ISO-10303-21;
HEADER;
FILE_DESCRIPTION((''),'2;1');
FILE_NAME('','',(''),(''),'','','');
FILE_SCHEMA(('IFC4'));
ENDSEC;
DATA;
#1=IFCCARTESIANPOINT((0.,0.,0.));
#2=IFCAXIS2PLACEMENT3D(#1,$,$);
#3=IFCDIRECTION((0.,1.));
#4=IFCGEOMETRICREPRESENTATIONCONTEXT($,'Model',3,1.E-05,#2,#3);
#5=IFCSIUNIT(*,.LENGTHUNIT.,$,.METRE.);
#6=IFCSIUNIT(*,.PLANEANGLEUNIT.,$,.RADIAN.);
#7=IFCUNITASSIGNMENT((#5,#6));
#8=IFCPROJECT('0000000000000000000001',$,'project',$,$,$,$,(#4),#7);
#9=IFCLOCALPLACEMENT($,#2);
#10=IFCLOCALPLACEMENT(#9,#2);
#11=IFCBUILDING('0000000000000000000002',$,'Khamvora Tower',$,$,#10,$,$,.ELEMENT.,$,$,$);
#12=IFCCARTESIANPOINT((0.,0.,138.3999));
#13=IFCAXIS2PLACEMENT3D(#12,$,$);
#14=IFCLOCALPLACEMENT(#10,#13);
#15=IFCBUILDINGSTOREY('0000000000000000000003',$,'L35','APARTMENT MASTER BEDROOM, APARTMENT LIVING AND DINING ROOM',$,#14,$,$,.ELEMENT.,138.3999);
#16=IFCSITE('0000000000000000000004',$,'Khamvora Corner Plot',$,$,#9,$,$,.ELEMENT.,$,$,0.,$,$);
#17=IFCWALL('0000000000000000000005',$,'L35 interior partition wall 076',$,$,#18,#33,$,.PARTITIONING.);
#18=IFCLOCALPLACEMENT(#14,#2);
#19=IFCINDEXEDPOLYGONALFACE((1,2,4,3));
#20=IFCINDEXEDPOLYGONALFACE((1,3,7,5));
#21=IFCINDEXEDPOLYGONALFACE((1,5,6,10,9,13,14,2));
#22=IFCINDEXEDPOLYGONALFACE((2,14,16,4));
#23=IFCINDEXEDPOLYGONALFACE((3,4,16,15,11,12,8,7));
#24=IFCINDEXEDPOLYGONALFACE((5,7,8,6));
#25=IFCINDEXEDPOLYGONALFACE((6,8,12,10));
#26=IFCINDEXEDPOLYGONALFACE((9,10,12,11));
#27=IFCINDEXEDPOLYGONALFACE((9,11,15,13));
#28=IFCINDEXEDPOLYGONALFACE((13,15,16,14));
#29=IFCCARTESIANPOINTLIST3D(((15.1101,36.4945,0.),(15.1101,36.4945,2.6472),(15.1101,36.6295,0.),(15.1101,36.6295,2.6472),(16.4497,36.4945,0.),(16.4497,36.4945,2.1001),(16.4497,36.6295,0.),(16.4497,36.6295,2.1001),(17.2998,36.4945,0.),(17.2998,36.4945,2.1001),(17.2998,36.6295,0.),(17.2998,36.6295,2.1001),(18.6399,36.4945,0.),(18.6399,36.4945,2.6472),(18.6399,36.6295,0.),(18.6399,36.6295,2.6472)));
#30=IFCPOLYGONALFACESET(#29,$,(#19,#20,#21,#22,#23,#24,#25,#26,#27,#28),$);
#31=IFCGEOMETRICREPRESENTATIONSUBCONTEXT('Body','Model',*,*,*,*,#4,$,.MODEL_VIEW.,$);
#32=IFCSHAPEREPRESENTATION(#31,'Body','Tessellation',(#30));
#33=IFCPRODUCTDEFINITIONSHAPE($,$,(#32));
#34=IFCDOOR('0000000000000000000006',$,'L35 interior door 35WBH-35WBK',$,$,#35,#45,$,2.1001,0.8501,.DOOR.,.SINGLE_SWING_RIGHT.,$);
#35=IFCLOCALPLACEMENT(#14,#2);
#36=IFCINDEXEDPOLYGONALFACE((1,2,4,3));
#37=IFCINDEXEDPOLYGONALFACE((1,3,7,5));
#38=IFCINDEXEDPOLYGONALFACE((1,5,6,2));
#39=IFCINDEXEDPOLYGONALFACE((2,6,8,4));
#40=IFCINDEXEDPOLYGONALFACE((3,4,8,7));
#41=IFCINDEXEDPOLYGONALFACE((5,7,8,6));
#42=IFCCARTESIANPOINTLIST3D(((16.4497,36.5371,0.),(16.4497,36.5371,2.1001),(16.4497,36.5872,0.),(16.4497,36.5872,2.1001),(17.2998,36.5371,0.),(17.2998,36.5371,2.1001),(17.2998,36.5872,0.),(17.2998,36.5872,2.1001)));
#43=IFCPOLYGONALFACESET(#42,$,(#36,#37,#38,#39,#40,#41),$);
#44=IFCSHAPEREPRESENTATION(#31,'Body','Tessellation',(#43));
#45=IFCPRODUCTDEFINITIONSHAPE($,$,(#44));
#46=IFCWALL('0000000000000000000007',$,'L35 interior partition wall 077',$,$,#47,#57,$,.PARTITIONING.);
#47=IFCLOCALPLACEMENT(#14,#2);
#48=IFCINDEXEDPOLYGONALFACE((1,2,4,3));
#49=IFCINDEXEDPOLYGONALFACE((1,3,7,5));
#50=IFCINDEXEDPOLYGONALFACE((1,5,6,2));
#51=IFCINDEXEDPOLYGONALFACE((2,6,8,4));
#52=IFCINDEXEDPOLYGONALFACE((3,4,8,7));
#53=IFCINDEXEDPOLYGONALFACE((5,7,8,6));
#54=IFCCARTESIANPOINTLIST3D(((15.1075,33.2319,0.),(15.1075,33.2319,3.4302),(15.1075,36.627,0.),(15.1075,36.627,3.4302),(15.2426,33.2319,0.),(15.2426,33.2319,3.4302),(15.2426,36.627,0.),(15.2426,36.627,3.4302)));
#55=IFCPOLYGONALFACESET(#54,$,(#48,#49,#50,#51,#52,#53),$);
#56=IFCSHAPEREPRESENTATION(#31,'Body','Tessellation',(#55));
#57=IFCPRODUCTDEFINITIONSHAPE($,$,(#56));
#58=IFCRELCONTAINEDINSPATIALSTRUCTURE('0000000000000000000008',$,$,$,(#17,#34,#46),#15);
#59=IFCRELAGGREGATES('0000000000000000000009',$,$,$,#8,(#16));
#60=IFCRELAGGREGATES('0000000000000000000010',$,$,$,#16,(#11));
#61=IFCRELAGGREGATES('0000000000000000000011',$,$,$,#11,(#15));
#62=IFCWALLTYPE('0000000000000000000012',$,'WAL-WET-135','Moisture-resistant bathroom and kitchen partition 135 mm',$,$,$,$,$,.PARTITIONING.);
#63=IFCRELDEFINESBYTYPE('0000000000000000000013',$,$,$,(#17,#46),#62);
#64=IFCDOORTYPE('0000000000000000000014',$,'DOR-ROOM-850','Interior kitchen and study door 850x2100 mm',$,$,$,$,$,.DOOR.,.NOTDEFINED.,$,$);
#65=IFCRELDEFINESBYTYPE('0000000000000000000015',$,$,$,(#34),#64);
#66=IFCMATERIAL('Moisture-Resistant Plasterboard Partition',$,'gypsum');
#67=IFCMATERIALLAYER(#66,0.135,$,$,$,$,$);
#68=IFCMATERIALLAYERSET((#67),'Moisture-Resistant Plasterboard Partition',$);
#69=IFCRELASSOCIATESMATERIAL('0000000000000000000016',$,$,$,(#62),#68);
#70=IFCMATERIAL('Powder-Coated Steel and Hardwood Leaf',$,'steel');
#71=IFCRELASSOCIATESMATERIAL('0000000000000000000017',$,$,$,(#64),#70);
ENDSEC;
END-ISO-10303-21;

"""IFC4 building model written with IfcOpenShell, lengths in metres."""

from ifc_helpers import new_model, si_unit, direction, frame, frame_2d, origin, place, context, subcontext, project, spatial, rectangle, extrude, material, layer, layer_set, type_object, element, fill, save


model = new_model("IFC4")

# Units and contexts
model_context = context("Model", 3, precision=1e-05, world=origin(), true_north=direction((0.0, 1.0)))
body_context = subcontext(model_context, "Body", "Model", "MODEL_VIEW")
ifc_project = project(units=[si_unit("LENGTHUNIT", "METRE"), si_unit("PLANEANGLEUNIT", "RADIAN")], contexts=[model_context])

# Site, building, storey
site_placement = place(None, origin())
site = spatial("IfcSite", under=ifc_project, at=site_placement, Name="Khamvora Corner Plot", CompositionType="ELEMENT", RefElevation=0.0)
building_placement = place(site_placement, origin())
building = spatial("IfcBuilding", under=site, at=building_placement, Name="Khamvora Tower", CompositionType="ELEMENT")
storey_placement = place(building_placement, frame((0.0, 0.0, 138.3999)))
storey = spatial("IfcBuildingStorey", under=building, at=storey_placement, Name="L35", Description="APARTMENT MASTER BEDROOM, APARTMENT LIVING AND DINING ROOM", CompositionType="ELEMENT", Elevation=138.3999)

# Shared definitions
ifc_material_1 = material(Name="Powder-Coated Steel and Hardwood Leaf", Category="steel")

# Wall, opening, door
ifc_material_2 = material(Name="Moisture-Resistant Plasterboard Partition", Category="gypsum")
ifc_layer_1 = layer(ifc_material_2, 0.135)
ifc_layer_set_1 = layer_set([ifc_layer_1], Name="Moisture-Resistant Plasterboard Partition")
wall_type_1 = type_object("IfcWallType", Name="WAL-WET-135", Description="Moisture-resistant bathroom and kitchen partition 135 mm", PredefinedType="PARTITIONING", material=ifc_layer_set_1)
wall_1_placement = place(storey_placement, frame((18.6399, 36.562, 0.0), z_axis=(0.0, 0.0, 1.0), x_axis=(-1.0, 0.0, 0.0)))
wall_1 = element("IfcWall", 1, at=wall_1_placement, inside=storey, type_object=wall_type_1, Name="L35 interior partition wall 076", PredefinedType="PARTITIONING", context=body_context, shape_type="SweptSolid", body=[
    extrude(rectangle(XDim=3.5298, YDim=0.135, at=frame_2d((1.7649, 0.0))), origin(), (0.0, 0.0, 1.0), 2.6472),
])
opening_1_placement = place(wall_1_placement, frame((1.3401, 0.0, 0.0)))
opening_1 = element("IfcOpeningElement", 2, at=opening_1_placement, cuts=wall_1, PredefinedType="OPENING", context=body_context, shape_type="SweptSolid", body=[
    extrude(rectangle(XDim=0.8501, YDim=2.1001, at=frame_2d((0.425, 1.05))), frame((0.0, 0.0774, 0.0), z_axis=(0.0, -1.0, 0.0), x_axis=(1.0, 0.0, 0.0)), (0.0, 0.0, 1.0), 0.155),
])
door_type_1 = type_object("IfcDoorType", Name="DOR-ROOM-850", Description="Interior kitchen and study door 850x2100 mm", OperationType="NOTDEFINED", PredefinedType="DOOR", material=ifc_material_1)
door_1_placement = place(opening_1_placement, origin())
door_1 = element("IfcDoor", 3, at=door_1_placement, inside=storey, type_object=door_type_1, Name="L35 interior door 35WBH-35WBK", OperationType="SINGLE_SWING_RIGHT", OverallHeight=2.1001, OverallWidth=0.8501, PredefinedType="DOOR", context=body_context, shape_type="SweptSolid", body=[
    extrude(rectangle(XDim=0.8501, YDim=2.1001, at=frame_2d((0.425, 1.05))), frame((0.0, 0.0249, 0.0), z_axis=(0.0, -1.0, 0.0), x_axis=(1.0, 0.0, 0.0)), (0.0, 0.0, 1.0), 0.05),
])
fill(opening_1, door_1)

# Wall
wall_2_placement = place(storey_placement, frame((15.175, 36.627, 0.0), z_axis=(0.0, 0.0, 1.0), x_axis=(0.0, -1.0, 0.0)))
element("IfcWall", 4, at=wall_2_placement, inside=storey, type_object=wall_type_1, Name="L35 interior partition wall 077", PredefinedType="PARTITIONING", context=body_context, shape_type="SweptSolid", body=[
    extrude(rectangle(XDim=3.395, YDim=0.135, at=frame_2d((1.6975, 0.0))), origin(), (0.0, 0.0, 1.0), 3.4302),
])

save(model, "model.ifc")
